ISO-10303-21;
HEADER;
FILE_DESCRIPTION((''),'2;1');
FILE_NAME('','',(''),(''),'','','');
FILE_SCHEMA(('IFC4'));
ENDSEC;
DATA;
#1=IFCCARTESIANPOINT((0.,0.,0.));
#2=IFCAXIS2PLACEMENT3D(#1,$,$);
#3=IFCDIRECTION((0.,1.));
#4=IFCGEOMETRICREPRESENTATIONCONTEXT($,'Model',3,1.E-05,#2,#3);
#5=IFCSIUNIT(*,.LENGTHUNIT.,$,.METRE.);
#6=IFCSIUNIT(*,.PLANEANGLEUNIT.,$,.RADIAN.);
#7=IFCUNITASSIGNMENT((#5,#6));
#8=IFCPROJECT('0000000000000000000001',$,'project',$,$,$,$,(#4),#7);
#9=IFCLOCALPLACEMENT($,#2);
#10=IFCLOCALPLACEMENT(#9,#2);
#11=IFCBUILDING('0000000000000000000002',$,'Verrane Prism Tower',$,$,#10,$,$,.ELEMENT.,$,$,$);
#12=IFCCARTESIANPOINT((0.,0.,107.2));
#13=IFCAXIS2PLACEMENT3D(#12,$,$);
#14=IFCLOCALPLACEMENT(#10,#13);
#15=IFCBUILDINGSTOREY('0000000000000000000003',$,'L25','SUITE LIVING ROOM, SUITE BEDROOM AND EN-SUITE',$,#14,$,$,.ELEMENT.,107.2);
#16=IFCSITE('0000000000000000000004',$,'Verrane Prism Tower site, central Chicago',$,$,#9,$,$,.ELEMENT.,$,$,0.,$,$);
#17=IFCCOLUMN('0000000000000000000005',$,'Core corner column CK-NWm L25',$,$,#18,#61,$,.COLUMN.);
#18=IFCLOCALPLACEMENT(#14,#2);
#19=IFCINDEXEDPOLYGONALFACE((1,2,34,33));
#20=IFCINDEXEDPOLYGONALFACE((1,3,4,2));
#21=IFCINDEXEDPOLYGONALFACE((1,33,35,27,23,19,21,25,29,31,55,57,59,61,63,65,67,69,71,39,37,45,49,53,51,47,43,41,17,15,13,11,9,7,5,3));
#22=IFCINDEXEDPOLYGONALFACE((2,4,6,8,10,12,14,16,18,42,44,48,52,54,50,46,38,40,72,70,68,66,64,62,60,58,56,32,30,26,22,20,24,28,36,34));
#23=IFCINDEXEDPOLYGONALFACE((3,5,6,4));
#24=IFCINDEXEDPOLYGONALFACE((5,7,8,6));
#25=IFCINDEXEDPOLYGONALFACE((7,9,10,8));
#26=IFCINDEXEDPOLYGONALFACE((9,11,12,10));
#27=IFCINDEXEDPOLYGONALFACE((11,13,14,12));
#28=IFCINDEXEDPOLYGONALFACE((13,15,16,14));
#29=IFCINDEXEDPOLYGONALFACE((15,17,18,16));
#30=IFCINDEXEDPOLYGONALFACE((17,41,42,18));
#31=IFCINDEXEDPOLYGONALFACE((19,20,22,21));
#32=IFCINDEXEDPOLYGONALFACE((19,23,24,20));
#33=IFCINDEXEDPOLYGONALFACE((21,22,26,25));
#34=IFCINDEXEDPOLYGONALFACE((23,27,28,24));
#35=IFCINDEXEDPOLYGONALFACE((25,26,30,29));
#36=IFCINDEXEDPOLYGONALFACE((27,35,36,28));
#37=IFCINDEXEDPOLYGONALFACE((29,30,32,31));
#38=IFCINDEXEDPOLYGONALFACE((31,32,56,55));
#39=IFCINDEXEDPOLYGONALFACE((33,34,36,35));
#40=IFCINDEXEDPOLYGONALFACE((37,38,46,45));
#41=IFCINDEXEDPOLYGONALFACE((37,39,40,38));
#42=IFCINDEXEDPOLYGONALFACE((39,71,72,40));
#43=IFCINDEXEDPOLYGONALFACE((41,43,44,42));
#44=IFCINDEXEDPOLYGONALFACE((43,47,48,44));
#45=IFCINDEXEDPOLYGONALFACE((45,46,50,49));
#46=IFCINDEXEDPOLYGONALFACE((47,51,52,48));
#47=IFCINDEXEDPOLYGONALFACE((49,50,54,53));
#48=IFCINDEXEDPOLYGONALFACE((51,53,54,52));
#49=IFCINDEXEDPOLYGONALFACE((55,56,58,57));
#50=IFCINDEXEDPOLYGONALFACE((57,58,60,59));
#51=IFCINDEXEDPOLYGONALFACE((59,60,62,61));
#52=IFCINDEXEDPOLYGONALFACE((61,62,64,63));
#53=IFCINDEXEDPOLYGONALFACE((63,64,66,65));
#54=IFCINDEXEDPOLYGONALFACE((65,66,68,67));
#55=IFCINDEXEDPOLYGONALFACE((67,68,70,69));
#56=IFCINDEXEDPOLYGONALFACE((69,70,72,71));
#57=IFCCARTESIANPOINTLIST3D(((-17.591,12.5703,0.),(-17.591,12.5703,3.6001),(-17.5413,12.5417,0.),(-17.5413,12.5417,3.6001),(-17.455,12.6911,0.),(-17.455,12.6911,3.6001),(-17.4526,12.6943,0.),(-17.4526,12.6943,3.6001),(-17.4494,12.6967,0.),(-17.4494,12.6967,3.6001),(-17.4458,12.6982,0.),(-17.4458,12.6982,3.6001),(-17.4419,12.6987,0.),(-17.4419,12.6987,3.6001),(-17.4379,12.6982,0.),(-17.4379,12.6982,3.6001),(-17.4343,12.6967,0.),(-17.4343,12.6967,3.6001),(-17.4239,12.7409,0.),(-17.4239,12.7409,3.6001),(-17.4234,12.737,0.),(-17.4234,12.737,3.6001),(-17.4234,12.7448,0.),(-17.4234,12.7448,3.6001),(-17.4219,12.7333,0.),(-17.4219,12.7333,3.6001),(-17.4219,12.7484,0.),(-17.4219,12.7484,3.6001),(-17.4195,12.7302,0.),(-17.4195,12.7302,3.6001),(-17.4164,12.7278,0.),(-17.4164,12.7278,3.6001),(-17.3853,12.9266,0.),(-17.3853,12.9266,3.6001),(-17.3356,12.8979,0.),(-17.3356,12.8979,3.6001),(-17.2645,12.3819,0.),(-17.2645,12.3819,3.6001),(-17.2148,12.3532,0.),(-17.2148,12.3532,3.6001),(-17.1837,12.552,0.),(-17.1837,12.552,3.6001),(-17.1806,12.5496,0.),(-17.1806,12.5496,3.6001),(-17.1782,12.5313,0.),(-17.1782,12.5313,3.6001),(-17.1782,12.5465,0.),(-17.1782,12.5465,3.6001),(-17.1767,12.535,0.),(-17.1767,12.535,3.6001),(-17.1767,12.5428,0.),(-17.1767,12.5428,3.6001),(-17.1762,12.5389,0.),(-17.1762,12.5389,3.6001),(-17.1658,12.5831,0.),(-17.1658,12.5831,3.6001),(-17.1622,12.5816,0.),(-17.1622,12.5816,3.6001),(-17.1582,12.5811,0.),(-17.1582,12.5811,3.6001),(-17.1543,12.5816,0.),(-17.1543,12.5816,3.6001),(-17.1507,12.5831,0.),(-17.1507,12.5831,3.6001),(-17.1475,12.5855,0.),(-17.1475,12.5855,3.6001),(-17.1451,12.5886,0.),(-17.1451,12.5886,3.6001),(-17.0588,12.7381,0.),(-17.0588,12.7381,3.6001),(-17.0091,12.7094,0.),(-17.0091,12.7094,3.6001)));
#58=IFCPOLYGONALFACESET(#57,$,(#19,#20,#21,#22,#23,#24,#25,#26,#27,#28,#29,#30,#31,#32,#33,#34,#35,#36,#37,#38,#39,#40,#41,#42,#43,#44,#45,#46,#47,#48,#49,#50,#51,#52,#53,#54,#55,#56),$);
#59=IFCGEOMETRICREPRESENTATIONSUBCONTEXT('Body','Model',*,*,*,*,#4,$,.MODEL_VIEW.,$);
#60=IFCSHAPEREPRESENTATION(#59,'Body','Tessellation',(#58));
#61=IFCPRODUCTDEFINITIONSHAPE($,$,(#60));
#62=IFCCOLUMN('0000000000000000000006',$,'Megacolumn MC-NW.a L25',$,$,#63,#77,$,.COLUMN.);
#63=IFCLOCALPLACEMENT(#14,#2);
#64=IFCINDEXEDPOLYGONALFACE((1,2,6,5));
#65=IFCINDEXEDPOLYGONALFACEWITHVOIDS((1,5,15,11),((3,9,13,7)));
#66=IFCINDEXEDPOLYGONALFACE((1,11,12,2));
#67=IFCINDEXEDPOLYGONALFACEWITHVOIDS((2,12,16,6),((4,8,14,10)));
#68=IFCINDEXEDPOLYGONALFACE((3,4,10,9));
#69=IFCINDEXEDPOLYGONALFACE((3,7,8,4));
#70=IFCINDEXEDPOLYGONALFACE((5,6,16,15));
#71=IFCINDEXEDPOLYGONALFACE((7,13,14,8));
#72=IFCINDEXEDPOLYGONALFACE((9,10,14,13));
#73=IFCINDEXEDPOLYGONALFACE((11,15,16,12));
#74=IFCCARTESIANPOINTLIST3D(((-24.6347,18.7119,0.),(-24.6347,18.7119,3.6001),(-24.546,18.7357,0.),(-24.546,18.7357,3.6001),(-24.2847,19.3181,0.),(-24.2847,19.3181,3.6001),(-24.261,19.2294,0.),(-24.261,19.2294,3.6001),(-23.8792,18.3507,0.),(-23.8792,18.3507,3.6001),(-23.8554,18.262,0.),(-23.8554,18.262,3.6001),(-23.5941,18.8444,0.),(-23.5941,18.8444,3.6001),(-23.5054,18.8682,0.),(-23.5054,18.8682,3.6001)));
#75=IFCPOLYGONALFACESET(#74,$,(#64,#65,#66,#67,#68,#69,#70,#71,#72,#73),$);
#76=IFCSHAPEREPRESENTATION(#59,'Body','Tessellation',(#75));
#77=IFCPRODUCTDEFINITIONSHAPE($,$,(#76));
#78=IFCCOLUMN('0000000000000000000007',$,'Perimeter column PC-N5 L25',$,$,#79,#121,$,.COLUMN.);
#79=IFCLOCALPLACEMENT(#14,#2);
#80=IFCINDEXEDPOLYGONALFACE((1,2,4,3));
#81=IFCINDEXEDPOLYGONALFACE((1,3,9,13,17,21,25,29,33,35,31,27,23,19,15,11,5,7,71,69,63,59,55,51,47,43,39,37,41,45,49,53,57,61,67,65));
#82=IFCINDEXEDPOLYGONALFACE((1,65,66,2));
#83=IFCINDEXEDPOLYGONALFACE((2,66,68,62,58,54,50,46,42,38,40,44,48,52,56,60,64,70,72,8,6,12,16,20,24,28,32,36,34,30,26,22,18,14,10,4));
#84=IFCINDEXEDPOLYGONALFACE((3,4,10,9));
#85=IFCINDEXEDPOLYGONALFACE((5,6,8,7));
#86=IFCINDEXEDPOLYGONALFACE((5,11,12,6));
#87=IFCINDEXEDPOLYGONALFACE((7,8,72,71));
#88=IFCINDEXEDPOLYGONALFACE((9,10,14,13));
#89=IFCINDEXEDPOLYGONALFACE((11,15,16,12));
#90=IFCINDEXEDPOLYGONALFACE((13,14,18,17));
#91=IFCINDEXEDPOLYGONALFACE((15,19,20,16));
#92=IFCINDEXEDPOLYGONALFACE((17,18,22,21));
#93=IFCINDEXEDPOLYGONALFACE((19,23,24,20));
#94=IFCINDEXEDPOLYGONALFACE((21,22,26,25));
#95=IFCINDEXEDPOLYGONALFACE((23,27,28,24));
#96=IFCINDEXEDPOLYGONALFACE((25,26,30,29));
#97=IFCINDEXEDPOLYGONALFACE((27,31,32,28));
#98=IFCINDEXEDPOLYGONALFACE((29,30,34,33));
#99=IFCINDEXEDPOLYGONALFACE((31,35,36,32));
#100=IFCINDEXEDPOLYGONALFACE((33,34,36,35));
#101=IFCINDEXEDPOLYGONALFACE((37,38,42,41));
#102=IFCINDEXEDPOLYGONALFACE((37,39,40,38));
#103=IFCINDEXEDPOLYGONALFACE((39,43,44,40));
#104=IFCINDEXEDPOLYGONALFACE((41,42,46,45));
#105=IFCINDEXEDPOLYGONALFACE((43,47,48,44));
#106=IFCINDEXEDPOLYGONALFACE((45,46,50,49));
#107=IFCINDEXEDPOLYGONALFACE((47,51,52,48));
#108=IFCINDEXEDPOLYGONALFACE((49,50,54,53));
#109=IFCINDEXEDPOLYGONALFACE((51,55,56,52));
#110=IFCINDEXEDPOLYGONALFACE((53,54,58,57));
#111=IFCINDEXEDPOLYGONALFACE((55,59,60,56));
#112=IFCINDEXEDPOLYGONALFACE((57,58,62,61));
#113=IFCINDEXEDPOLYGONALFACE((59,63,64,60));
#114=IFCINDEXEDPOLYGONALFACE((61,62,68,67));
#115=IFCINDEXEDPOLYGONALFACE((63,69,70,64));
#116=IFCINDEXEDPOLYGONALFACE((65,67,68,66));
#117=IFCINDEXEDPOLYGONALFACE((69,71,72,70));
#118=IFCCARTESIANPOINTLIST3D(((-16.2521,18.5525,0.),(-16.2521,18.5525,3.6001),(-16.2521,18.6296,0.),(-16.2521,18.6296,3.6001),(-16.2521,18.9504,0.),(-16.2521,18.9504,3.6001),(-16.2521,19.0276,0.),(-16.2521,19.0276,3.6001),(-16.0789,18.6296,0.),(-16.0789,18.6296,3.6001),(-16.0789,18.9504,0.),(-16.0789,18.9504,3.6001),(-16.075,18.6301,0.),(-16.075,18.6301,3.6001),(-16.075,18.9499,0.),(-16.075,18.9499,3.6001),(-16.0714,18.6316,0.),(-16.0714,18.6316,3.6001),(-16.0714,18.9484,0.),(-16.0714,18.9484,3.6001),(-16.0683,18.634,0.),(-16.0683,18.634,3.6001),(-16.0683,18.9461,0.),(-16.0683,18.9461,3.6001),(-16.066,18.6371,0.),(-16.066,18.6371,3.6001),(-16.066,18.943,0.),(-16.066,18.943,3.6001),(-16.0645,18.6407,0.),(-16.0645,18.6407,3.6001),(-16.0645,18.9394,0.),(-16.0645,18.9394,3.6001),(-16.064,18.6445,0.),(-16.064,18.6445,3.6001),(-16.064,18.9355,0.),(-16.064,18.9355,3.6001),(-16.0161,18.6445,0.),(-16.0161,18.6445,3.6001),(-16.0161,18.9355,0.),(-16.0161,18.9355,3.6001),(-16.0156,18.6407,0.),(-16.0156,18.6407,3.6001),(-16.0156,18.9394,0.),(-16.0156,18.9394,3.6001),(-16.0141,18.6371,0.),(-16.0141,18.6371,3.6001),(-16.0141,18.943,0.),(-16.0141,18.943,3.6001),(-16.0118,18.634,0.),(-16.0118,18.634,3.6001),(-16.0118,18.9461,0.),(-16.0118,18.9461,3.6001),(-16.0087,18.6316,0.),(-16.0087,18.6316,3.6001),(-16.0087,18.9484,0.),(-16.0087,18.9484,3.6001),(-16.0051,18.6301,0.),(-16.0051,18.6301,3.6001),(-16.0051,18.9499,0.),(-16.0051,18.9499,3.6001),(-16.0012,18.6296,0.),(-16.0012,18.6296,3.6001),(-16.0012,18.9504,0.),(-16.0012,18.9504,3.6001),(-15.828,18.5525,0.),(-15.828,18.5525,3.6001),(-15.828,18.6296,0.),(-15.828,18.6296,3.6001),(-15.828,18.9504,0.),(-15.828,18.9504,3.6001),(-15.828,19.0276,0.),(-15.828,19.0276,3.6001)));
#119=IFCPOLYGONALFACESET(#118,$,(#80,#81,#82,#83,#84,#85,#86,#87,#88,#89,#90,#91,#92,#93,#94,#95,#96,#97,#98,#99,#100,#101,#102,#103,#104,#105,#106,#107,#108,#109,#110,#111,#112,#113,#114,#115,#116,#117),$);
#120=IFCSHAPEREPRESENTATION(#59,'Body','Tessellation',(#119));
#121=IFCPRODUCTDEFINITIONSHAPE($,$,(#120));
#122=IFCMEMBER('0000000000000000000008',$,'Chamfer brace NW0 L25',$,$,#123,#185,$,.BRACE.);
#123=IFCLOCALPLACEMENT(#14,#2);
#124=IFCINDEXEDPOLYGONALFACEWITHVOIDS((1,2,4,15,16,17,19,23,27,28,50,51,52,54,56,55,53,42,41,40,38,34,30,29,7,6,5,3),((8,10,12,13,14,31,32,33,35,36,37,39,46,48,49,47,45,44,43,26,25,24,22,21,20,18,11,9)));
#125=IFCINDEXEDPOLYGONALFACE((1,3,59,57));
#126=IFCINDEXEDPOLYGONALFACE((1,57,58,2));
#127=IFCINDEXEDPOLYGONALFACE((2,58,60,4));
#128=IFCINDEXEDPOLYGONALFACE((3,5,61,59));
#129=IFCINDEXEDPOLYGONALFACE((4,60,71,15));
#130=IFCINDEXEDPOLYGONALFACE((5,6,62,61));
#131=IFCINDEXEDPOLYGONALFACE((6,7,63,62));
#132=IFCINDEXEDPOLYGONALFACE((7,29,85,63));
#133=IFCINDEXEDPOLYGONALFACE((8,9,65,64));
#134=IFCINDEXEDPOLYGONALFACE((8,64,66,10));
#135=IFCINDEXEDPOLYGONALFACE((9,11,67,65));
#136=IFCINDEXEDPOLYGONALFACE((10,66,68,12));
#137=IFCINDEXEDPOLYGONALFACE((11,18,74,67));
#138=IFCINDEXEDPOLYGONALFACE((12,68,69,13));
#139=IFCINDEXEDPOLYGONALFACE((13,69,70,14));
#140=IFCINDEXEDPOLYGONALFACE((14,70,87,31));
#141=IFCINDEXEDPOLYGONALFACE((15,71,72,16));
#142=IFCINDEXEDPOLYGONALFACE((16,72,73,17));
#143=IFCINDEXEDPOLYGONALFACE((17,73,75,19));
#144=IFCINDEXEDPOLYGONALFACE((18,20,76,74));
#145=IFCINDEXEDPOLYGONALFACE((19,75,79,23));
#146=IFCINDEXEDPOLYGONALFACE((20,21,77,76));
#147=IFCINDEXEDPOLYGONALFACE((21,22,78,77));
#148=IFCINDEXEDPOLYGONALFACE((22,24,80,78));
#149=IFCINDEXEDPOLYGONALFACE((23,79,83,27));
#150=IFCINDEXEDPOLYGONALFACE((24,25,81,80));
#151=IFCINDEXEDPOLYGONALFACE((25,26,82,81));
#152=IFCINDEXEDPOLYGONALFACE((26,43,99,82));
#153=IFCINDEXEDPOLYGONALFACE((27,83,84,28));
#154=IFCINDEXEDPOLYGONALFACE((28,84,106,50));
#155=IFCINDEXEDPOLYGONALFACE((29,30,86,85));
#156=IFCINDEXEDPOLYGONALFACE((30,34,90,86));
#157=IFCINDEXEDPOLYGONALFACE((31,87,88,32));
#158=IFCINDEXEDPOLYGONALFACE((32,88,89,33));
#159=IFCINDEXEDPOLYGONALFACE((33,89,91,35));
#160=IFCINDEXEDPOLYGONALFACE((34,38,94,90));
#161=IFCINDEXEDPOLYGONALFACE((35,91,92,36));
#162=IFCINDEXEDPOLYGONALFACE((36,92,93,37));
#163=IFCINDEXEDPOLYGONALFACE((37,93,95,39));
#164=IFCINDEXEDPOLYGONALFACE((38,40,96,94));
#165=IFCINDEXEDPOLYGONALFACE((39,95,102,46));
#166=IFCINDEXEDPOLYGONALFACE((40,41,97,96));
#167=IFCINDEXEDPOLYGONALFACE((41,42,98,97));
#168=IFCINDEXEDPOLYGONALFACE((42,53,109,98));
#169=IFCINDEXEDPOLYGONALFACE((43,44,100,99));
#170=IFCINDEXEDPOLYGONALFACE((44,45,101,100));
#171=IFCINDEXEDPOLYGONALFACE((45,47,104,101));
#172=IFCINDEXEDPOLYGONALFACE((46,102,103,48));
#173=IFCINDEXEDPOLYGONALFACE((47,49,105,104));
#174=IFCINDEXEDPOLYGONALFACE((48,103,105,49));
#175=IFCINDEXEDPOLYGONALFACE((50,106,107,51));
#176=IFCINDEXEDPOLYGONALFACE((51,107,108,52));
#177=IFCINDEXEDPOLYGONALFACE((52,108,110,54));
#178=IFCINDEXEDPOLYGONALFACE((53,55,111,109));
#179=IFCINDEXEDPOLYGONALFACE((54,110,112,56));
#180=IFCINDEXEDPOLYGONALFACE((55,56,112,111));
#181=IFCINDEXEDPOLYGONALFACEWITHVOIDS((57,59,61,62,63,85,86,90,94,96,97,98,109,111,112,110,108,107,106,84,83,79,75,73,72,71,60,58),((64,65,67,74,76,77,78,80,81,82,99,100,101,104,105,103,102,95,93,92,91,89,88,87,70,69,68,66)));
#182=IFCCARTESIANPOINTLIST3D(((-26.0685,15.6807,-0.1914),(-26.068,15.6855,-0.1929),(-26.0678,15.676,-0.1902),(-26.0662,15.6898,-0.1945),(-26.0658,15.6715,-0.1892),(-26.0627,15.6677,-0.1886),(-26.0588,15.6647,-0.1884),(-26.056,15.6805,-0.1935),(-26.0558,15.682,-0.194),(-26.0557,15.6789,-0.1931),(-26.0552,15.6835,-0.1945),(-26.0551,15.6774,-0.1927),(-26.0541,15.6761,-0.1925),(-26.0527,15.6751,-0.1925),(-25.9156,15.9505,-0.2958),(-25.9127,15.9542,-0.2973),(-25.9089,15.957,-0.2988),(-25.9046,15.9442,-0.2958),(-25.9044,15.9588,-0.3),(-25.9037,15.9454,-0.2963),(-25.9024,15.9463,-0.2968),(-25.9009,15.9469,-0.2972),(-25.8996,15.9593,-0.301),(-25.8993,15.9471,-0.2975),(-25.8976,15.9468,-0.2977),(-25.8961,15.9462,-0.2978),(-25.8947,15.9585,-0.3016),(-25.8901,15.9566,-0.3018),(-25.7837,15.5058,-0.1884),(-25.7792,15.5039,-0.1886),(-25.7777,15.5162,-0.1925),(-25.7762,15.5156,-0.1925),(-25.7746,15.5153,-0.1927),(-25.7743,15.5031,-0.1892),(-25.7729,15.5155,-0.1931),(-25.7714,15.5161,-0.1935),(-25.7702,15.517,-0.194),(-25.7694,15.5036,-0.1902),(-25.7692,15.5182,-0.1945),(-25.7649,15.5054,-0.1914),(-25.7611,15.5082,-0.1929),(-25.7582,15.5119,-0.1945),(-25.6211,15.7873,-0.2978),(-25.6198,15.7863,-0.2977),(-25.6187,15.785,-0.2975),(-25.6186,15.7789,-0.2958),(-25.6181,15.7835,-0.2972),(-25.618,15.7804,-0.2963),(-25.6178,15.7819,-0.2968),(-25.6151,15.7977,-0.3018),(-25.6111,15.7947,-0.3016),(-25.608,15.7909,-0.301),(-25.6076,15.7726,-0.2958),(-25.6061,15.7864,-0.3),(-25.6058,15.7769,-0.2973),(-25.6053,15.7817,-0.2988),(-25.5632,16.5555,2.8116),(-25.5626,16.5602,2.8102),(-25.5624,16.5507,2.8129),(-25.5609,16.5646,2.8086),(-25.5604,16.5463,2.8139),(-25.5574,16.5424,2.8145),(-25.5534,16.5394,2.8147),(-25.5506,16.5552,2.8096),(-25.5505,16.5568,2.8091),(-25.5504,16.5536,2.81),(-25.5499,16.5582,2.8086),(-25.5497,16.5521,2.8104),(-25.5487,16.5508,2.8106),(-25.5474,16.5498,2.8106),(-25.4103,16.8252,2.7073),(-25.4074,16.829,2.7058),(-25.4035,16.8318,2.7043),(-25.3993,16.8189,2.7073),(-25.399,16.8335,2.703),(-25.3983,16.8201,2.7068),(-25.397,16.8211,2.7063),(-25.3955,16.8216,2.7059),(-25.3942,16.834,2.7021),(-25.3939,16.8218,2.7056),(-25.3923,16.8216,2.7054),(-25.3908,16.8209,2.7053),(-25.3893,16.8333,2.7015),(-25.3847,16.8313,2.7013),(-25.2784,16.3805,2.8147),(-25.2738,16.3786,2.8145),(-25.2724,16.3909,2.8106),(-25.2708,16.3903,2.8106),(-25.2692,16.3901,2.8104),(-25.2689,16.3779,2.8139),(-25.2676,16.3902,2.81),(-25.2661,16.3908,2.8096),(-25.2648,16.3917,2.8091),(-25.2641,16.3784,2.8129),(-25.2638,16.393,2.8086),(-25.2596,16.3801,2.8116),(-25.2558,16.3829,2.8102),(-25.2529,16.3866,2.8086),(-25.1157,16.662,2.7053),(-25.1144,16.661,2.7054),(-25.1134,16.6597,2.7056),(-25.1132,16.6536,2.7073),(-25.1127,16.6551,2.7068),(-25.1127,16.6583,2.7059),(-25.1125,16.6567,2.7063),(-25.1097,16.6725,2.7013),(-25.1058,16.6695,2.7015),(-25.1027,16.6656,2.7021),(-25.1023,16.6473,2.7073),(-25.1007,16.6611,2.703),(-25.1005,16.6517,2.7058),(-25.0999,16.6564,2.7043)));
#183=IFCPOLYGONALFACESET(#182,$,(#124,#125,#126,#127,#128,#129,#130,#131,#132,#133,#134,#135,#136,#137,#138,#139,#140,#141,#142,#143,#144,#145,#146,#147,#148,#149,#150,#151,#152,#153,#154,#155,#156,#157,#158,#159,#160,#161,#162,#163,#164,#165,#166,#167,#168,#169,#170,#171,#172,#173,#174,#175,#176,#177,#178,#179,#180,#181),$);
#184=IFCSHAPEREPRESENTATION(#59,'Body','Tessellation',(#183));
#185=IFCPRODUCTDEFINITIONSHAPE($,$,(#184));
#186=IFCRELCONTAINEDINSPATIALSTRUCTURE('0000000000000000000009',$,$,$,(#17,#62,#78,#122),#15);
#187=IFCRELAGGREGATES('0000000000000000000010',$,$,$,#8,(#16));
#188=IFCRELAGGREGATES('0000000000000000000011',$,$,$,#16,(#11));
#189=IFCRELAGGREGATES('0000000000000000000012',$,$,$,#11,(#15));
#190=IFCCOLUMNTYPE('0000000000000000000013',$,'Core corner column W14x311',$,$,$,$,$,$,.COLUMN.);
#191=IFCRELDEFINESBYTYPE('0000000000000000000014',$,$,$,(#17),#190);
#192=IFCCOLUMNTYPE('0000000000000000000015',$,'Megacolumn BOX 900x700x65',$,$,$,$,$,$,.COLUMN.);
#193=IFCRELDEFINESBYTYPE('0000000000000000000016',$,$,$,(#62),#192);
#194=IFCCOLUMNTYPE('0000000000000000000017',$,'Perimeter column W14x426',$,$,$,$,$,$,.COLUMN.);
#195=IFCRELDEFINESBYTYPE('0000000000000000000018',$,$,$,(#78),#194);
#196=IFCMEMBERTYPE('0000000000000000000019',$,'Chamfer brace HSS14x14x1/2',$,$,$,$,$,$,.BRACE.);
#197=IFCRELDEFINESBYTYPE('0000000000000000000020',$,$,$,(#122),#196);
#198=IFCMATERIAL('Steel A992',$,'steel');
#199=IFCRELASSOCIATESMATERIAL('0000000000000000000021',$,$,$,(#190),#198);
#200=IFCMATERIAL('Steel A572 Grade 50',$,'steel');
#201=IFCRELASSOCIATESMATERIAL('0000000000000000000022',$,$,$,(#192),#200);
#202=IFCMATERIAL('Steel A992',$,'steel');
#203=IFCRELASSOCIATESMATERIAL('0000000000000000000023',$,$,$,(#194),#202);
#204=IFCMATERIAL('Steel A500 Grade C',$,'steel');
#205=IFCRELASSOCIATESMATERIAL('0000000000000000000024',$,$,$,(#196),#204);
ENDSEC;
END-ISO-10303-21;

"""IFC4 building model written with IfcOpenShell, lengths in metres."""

from ifc_helpers import new_model, si_unit, direction, frame, origin, origin_2d, place, context, subcontext, project, spatial, hollow_rectangle, i_section, extrude, material, material_profile, profile_set, type_object, element, save


model = new_model("IFC4")

# Units and contexts
model_context = context("Model", 3, precision=1e-05, world=origin(), true_north=direction((0.0, 1.0)))
body_context = subcontext(model_context, "Body", "Model", "MODEL_VIEW")
ifc_project = project(units=[si_unit("LENGTHUNIT", "METRE"), si_unit("PLANEANGLEUNIT", "RADIAN")], contexts=[model_context])

# Site, building, storey
site_placement = place(None, origin())
site = spatial("IfcSite", under=ifc_project, at=site_placement, Name="Verrane Prism Tower site, central Chicago", CompositionType="ELEMENT", RefElevation=0.0)
building_placement = place(site_placement, origin())
building = spatial("IfcBuilding", under=site, at=building_placement, Name="Verrane Prism Tower", CompositionType="ELEMENT")
storey_placement = place(building_placement, frame((0.0, 0.0, 107.2)))
storey = spatial("IfcBuildingStorey", under=building, at=storey_placement, Name="L25", Description="SUITE LIVING ROOM, SUITE BEDROOM AND EN-SUITE", CompositionType="ELEMENT", Elevation=107.2)

# Columns
ifc_material_1 = material(Name="Steel A992", Category="steel")
ifc_material_profile_1 = material_profile(ifc_material_1, i_section(OverallWidth=0.4114, OverallDepth=0.4343, WebThickness=0.0359, FlangeThickness=0.0574, FilletRadius=0.0151, at=origin_2d()), Name="W14x311")
ifc_profile_set_1 = profile_set([ifc_material_profile_1], Name="Steel A992")
column_type_1 = type_object("IfcColumnType", Name="Core corner column W14x311", PredefinedType="COLUMN", material=ifc_profile_set_1)
column_1_placement = place(storey_placement, frame((-17.3, 12.6399, 0.0), z_axis=(0.0, 0.0, 1.0), x_axis=(0.5, 0.866025, 0.0)))
element("IfcColumn", 1, at=column_1_placement, inside=storey, type_object=column_type_1, Name="Core corner column CK-NWm L25", PredefinedType="COLUMN", context=body_context, shape_type="SweptSolid", body=[
    extrude(i_section(OverallWidth=0.4114, OverallDepth=0.4343, WebThickness=0.0359, FlangeThickness=0.0574, FilletRadius=0.0151, at=origin_2d()), origin(), (0.0, 0.0, 1.0), 3.6001),
])
ifc_material_2 = material(Name="Steel A572 Grade 50", Category="steel")
ifc_material_profile_2 = material_profile(ifc_material_2, hollow_rectangle(XDim=0.7, YDim=0.8999, WallThickness=0.0649, at=origin_2d()), Name="BOX 900x700x65")
ifc_profile_set_2 = profile_set([ifc_material_profile_2], Name="Steel A572 Grade 50")
column_type_2 = type_object("IfcColumnType", Name="Megacolumn BOX 900x700x65", PredefinedType="COLUMN", material=ifc_profile_set_2)
column_2_placement = place(storey_placement, frame((-24.0701, 18.79, 0.0), z_axis=(0.0, 0.0, 1.0), x_axis=(0.5, 0.866025, 0.0)))
element("IfcColumn", 2, at=column_2_placement, inside=storey, type_object=column_type_2, Name="Megacolumn MC-NW.a L25", PredefinedType="COLUMN", context=body_context, shape_type="SweptSolid", body=[
    extrude(hollow_rectangle(XDim=0.7, YDim=0.8999, WallThickness=0.0649, at=origin_2d()), origin(), (0.0, 0.0, 1.0), 3.6001),
])
ifc_material_3 = material(Name="Steel A992", Category="steel")
ifc_material_profile_3 = material_profile(ifc_material_3, i_section(OverallWidth=0.4241, OverallDepth=0.4751, WebThickness=0.0479, FlangeThickness=0.0771, FilletRadius=0.0149, at=origin_2d()), Name="W14x426")
ifc_profile_set_3 = profile_set([ifc_material_profile_3], Name="Steel A992")
column_type_3 = type_object("IfcColumnType", Name="Perimeter column W14x426", PredefinedType="COLUMN", material=ifc_profile_set_3)
column_3_placement = place(storey_placement, frame((-16.04, 18.79, 0.0), z_axis=(0.0, 0.0, 1.0), x_axis=(1.0, 0.0, 0.0)))
element("IfcColumn", 3, at=column_3_placement, inside=storey, type_object=column_type_3, Name="Perimeter column PC-N5 L25", PredefinedType="COLUMN", context=body_context, shape_type="SweptSolid", body=[
    extrude(i_section(OverallWidth=0.4241, OverallDepth=0.4751, WebThickness=0.0479, FlangeThickness=0.0771, FilletRadius=0.0149, at=origin_2d()), origin(), (0.0, 0.0, 1.0), 3.6001),
])

# Member
ifc_material_4 = material(Name="Steel A500 Grade C", Category="steel")
ifc_material_profile_4 = material_profile(ifc_material_4, hollow_rectangle(XDim=0.3557, YDim=0.3557, WallThickness=0.0127, InnerFilletRadius=0.0063, OuterFilletRadius=0.019, at=origin_2d()), Name="HSS14x14x1/2")
ifc_profile_set_4 = profile_set([ifc_material_profile_4], Name="Steel A500 Grade C")
member_type_1 = type_object("IfcMemberType", Name="Chamfer brace HSS14x14x1/2", PredefinedType="BRACE", material=ifc_profile_set_4)
member_1_placement = place(storey_placement, frame((-25.8369, 15.7312, -0.2451), z_axis=(0.159496, 0.276075, 0.94781), x_axis=(-0.865884, 0.500245, 0.0)))
element("IfcMember", 4, at=member_1_placement, inside=storey, type_object=member_type_1, Name="Chamfer brace NW0 L25", PredefinedType="BRACE", context=body_context, shape_type="SweptSolid", body=[
    extrude(hollow_rectangle(XDim=0.3557, YDim=0.3557, WallThickness=0.0127, InnerFilletRadius=0.0063, OuterFilletRadius=0.019, at=origin_2d()), origin(), (0.0, 0.0, 1.0), 3.1685),
])

save(model, "model.ifc")
